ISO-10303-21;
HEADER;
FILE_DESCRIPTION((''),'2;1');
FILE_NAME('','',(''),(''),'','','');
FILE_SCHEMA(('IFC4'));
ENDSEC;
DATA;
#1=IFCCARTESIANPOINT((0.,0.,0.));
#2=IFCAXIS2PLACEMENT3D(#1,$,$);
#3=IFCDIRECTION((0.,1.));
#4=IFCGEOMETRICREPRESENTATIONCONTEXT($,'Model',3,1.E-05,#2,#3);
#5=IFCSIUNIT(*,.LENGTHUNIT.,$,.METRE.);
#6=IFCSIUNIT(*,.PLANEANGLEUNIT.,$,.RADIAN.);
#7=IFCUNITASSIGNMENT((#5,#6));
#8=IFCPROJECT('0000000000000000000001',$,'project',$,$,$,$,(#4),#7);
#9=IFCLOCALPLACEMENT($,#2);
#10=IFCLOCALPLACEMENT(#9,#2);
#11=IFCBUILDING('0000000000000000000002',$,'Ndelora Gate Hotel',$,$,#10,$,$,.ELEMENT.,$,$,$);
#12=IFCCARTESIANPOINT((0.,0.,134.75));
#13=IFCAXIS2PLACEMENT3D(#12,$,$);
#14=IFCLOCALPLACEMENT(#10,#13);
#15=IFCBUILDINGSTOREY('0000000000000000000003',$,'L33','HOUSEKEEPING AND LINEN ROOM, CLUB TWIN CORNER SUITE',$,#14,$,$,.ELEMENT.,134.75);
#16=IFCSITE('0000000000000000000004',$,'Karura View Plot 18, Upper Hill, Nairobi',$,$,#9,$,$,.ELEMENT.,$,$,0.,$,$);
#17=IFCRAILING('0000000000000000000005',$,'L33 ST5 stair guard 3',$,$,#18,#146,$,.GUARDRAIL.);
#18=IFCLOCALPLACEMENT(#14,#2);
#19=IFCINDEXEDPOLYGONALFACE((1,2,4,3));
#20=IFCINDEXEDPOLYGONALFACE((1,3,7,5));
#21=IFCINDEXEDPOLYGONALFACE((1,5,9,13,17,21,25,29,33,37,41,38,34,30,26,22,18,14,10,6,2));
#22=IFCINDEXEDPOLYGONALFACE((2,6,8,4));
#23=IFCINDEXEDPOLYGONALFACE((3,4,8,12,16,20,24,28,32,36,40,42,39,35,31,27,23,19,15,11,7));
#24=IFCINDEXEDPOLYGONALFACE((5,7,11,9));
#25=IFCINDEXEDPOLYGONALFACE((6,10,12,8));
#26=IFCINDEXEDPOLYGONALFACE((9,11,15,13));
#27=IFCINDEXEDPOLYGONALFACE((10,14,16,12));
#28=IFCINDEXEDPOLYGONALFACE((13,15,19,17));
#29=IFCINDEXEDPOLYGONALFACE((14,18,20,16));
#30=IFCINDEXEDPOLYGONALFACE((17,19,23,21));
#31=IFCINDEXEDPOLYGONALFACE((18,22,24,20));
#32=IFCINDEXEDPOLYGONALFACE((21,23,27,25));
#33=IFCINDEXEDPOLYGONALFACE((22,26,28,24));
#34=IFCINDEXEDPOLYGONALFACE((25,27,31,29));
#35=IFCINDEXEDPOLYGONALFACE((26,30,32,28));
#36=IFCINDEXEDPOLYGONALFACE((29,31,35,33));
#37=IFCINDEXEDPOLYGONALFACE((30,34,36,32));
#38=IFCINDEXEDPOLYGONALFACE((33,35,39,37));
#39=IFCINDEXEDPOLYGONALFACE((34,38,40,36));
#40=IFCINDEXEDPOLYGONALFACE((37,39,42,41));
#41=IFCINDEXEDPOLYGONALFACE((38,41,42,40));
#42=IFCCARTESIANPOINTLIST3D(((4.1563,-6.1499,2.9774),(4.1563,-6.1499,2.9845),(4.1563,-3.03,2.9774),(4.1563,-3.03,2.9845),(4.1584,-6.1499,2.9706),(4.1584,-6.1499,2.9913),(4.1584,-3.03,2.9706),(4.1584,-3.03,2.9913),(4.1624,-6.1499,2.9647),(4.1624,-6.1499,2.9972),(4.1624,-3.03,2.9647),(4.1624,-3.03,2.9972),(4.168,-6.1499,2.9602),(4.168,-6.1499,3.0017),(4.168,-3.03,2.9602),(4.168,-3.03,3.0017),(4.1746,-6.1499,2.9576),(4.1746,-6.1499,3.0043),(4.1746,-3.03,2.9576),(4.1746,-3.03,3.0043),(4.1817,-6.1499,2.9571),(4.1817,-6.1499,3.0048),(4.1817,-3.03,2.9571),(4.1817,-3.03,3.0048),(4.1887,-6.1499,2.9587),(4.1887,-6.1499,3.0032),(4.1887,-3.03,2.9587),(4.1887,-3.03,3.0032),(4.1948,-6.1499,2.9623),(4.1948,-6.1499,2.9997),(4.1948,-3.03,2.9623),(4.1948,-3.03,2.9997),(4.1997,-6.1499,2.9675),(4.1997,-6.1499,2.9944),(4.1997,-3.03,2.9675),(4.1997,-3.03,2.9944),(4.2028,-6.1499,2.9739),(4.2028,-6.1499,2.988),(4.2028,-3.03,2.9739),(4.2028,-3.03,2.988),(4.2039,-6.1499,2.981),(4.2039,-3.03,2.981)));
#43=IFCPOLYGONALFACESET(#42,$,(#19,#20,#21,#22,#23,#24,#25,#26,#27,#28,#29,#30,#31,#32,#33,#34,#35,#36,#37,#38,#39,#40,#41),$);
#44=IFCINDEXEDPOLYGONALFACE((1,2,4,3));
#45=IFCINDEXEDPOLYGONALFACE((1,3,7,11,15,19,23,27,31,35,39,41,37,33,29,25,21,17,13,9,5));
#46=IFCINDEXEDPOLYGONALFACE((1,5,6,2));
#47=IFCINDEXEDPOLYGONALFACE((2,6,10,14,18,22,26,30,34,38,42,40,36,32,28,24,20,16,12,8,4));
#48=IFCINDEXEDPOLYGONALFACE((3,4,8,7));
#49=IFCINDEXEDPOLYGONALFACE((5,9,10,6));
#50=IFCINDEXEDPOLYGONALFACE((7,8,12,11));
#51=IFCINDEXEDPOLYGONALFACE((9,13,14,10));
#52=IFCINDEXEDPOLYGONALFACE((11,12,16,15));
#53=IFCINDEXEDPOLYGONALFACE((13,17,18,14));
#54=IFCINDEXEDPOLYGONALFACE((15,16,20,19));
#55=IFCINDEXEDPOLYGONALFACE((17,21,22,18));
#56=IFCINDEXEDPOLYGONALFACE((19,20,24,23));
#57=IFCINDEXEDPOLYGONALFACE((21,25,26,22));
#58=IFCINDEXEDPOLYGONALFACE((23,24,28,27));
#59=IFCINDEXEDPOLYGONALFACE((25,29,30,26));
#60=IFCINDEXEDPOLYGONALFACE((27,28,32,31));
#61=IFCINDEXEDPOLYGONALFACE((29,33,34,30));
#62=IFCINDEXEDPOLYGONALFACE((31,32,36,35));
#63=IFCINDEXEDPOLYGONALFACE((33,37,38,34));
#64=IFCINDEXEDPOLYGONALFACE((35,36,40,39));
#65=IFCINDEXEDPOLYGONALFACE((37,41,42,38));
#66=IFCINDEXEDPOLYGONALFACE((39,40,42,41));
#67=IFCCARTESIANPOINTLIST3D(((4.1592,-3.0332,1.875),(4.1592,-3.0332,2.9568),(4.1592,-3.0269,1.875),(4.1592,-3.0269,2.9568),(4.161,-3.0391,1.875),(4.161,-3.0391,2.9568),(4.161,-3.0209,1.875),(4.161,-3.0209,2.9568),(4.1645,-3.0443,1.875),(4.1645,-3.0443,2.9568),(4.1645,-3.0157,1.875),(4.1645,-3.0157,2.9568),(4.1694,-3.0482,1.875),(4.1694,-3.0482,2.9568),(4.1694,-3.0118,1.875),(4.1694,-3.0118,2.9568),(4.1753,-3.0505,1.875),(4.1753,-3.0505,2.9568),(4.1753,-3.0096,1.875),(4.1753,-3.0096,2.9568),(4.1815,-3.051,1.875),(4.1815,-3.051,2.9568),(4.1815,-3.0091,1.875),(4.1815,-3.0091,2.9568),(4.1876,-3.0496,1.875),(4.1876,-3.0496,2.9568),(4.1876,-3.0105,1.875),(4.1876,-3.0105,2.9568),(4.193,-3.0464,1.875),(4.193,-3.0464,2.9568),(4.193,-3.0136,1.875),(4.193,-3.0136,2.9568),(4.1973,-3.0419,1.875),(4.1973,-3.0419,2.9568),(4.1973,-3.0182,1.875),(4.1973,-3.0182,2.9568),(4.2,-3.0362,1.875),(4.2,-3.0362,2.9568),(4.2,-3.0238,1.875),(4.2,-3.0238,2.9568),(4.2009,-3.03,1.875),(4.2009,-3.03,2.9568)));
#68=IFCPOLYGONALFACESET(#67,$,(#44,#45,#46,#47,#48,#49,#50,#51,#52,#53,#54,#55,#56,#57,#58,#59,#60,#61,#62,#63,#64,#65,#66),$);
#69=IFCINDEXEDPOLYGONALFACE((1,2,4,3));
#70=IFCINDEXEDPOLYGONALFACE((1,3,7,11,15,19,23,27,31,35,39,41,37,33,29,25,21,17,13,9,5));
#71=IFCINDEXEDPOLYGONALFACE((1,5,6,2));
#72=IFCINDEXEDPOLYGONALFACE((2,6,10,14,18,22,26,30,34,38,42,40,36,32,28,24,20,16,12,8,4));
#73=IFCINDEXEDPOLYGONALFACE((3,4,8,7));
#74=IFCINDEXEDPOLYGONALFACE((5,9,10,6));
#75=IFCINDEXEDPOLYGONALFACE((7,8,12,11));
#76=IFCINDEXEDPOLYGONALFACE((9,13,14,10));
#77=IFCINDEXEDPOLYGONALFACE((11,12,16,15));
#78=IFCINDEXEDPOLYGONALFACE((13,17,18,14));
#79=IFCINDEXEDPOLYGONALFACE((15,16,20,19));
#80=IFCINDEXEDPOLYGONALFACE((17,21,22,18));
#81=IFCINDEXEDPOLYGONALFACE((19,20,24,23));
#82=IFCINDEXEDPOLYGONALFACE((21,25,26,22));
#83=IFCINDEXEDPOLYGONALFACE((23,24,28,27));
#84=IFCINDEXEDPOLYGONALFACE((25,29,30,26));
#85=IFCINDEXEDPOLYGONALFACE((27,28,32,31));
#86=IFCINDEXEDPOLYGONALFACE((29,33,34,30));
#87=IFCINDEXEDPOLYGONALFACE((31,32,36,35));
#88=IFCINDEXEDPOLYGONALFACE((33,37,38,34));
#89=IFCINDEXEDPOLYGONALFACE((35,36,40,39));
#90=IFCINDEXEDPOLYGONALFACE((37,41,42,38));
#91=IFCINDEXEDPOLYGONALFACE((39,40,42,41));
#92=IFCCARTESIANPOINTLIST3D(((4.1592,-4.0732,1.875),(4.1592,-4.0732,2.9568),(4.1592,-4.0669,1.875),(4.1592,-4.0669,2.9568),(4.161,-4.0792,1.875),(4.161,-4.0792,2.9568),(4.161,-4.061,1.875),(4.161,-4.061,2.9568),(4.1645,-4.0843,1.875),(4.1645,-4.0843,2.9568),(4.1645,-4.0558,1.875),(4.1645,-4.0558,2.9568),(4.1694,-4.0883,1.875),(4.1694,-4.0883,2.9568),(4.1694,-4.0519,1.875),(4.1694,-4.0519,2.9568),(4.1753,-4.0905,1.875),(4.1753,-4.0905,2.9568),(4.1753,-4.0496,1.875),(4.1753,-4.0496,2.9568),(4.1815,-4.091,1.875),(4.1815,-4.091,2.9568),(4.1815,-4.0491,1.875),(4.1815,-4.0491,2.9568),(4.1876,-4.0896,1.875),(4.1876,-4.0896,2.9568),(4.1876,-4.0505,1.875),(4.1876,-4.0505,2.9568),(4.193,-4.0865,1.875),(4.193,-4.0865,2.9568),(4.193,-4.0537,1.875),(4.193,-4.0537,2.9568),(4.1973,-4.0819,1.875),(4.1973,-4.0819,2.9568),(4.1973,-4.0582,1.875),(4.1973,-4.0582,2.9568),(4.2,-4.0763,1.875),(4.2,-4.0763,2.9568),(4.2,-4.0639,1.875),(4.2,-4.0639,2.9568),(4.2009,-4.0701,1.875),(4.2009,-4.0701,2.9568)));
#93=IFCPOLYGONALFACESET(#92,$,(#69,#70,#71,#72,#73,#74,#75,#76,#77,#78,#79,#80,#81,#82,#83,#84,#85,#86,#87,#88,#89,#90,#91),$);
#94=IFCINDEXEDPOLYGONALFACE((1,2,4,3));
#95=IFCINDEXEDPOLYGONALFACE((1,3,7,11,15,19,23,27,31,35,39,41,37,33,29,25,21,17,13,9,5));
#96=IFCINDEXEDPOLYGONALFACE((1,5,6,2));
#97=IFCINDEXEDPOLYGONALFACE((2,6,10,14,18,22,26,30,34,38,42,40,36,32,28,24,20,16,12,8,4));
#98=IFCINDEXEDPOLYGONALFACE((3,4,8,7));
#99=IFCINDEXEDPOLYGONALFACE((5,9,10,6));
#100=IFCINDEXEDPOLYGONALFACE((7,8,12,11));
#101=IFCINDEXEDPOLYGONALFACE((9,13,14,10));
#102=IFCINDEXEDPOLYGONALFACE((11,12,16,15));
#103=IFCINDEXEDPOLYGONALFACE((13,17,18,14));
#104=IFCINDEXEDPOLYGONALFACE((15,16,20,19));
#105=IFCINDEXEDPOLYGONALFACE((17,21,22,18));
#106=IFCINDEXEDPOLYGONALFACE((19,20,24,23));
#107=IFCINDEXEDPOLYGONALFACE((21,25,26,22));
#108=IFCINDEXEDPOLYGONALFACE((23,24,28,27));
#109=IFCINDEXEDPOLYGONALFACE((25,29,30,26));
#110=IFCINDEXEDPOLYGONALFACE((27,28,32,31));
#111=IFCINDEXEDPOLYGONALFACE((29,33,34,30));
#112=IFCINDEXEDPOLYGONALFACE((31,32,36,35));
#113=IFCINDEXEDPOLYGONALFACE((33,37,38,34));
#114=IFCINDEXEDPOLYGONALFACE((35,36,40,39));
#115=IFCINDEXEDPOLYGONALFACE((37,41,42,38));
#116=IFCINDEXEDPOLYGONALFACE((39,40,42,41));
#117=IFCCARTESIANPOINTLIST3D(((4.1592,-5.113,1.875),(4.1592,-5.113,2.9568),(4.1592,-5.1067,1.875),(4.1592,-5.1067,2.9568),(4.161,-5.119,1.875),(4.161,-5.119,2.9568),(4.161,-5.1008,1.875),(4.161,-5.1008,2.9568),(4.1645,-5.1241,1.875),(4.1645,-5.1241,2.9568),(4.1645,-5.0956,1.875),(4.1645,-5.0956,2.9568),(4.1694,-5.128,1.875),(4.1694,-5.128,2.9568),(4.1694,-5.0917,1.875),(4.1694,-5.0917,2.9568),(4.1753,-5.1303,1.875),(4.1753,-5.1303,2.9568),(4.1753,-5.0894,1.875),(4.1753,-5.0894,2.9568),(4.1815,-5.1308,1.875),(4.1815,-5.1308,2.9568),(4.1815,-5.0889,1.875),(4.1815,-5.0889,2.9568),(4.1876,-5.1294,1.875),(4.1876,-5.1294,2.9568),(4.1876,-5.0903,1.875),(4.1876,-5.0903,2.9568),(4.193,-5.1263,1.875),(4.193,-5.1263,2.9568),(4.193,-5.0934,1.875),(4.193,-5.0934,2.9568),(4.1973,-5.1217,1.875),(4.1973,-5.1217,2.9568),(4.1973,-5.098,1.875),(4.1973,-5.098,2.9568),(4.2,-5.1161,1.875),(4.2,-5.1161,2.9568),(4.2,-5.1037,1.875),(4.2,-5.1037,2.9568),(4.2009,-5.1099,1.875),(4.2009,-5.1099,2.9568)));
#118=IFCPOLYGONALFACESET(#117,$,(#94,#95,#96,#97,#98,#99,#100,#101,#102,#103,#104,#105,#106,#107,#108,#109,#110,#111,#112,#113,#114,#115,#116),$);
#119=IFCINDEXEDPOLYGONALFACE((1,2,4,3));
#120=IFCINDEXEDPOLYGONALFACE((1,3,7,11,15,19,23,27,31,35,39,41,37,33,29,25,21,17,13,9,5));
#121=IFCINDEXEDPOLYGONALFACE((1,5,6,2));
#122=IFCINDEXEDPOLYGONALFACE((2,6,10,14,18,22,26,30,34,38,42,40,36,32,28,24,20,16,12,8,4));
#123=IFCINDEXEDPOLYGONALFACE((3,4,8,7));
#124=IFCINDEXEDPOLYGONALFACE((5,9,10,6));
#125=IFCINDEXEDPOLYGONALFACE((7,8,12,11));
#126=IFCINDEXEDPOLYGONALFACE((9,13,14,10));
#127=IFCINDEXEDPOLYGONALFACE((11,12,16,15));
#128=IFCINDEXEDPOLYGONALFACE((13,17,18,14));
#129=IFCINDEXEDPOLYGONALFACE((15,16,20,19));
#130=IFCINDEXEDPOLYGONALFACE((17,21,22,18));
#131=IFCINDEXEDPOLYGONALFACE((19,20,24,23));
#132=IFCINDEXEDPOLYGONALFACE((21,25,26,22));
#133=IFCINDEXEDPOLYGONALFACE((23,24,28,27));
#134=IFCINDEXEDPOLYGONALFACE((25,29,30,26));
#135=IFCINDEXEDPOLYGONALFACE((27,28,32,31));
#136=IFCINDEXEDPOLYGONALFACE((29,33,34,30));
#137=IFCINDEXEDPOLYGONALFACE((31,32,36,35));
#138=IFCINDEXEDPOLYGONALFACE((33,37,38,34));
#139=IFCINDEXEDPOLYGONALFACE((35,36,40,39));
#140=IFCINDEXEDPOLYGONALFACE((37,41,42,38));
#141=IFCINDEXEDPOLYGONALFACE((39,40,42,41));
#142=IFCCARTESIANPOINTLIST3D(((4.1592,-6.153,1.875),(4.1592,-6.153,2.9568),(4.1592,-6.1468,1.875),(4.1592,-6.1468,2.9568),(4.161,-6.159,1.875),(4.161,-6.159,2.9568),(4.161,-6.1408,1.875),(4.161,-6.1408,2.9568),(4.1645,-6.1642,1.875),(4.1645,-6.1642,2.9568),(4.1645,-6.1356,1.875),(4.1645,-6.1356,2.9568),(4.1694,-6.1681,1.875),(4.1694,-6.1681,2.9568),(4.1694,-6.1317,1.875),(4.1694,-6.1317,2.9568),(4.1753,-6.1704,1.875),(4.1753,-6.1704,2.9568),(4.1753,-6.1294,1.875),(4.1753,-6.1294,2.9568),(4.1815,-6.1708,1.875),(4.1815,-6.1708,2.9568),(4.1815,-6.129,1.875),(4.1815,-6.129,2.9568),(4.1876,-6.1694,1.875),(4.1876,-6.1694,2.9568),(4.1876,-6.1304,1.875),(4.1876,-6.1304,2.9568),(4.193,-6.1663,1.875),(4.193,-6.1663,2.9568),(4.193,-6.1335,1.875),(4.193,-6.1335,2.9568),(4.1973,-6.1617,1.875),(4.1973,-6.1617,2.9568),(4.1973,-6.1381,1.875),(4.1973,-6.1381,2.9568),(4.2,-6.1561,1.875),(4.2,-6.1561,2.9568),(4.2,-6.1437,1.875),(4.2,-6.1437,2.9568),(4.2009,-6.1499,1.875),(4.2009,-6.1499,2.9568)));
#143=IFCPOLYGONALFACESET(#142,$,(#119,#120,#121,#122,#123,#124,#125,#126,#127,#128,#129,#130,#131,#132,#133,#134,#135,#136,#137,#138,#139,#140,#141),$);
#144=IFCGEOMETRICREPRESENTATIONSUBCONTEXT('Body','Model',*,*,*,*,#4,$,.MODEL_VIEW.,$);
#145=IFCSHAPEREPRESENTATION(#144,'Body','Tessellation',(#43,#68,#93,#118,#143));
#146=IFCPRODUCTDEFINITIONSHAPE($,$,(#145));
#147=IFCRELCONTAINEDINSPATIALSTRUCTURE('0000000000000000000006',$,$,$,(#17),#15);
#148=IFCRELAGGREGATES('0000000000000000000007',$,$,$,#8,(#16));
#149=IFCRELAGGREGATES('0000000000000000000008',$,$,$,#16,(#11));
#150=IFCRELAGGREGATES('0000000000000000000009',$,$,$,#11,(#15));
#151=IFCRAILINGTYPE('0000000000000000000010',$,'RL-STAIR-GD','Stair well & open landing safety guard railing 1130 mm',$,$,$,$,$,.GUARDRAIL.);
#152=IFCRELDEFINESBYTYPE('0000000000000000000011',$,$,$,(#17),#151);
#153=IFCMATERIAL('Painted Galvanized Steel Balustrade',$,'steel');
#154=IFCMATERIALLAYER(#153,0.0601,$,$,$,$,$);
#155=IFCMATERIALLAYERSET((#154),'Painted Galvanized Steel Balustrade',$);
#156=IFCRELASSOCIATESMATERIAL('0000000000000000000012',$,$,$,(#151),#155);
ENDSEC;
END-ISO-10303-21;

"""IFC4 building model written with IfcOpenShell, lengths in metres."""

from ifc_helpers import new_model, si_unit, direction, frame, origin, origin_2d, place, context, subcontext, project, spatial, circle, extrude, material, layer, layer_set, type_object, element, save


model = new_model("IFC4")

# Units and contexts
model_context = context("Model", 3, precision=1e-05, world=origin(), true_north=direction((0.0, 1.0)))
body_context = subcontext(model_context, "Body", "Model", "MODEL_VIEW")
ifc_project = project(units=[si_unit("LENGTHUNIT", "METRE"), si_unit("PLANEANGLEUNIT", "RADIAN")], contexts=[model_context])

# Site, building, storey
site_placement = place(None, origin())
site = spatial("IfcSite", under=ifc_project, at=site_placement, Name="Karura View Plot 18, Upper Hill, Nairobi", CompositionType="ELEMENT", RefElevation=0.0)
building_placement = place(site_placement, origin())
building = spatial("IfcBuilding", under=site, at=building_placement, Name="Ndelora Gate Hotel", CompositionType="ELEMENT")
storey_placement = place(building_placement, frame((0.0, 0.0, 134.75)))
storey = spatial("IfcBuildingStorey", under=building, at=storey_placement, Name="L33", Description="HOUSEKEEPING AND LINEN ROOM, CLUB TWIN CORNER SUITE", CompositionType="ELEMENT", Elevation=134.75)

# Railing
ifc_material_1 = material(Name="Painted Galvanized Steel Balustrade", Category="steel")
ifc_layer_1 = layer(ifc_material_1, 0.0601)
ifc_layer_set_1 = layer_set([ifc_layer_1], Name="Painted Galvanized Steel Balustrade")
railing_type_1 = type_object("IfcRailingType", Name="RL-STAIR-GD", Description="Stair well & open landing safety guard railing 1130 mm", PredefinedType="GUARDRAIL", material=ifc_layer_set_1)
railing_1_placement = place(storey_placement, frame((4.1799, -3.03, 1.875)))
element("IfcRailing", 1, at=railing_1_placement, inside=storey, type_object=railing_type_1, Name="L33 ST5 stair guard 3", PredefinedType="GUARDRAIL", context=body_context, shape_type="SweptSolid", body=[
    extrude(circle(Radius=0.0239, at=origin_2d()), frame((0.0, 0.0, 1.106), z_axis=(0.0, -1.0, 0.0), x_axis=(1.0, 0.0, 0.0)), (0.0, 0.0, 1.0), 3.1199),
    extrude(circle(Radius=0.021, at=origin_2d()), origin(), (0.0, 0.0, 1.0), 1.0818),
    extrude(circle(Radius=0.021, at=origin_2d()), frame((0.0, -1.04, 0.0)), (0.0, 0.0, 1.0), 1.0818),
    extrude(circle(Radius=0.021, at=origin_2d()), frame((0.0, -2.0798, 0.0)), (0.0, 0.0, 1.0), 1.0818),
    extrude(circle(Radius=0.021, at=origin_2d()), frame((0.0, -3.1199, 0.0)), (0.0, 0.0, 1.0), 1.0818),
])

save(model, "model.ifc")
